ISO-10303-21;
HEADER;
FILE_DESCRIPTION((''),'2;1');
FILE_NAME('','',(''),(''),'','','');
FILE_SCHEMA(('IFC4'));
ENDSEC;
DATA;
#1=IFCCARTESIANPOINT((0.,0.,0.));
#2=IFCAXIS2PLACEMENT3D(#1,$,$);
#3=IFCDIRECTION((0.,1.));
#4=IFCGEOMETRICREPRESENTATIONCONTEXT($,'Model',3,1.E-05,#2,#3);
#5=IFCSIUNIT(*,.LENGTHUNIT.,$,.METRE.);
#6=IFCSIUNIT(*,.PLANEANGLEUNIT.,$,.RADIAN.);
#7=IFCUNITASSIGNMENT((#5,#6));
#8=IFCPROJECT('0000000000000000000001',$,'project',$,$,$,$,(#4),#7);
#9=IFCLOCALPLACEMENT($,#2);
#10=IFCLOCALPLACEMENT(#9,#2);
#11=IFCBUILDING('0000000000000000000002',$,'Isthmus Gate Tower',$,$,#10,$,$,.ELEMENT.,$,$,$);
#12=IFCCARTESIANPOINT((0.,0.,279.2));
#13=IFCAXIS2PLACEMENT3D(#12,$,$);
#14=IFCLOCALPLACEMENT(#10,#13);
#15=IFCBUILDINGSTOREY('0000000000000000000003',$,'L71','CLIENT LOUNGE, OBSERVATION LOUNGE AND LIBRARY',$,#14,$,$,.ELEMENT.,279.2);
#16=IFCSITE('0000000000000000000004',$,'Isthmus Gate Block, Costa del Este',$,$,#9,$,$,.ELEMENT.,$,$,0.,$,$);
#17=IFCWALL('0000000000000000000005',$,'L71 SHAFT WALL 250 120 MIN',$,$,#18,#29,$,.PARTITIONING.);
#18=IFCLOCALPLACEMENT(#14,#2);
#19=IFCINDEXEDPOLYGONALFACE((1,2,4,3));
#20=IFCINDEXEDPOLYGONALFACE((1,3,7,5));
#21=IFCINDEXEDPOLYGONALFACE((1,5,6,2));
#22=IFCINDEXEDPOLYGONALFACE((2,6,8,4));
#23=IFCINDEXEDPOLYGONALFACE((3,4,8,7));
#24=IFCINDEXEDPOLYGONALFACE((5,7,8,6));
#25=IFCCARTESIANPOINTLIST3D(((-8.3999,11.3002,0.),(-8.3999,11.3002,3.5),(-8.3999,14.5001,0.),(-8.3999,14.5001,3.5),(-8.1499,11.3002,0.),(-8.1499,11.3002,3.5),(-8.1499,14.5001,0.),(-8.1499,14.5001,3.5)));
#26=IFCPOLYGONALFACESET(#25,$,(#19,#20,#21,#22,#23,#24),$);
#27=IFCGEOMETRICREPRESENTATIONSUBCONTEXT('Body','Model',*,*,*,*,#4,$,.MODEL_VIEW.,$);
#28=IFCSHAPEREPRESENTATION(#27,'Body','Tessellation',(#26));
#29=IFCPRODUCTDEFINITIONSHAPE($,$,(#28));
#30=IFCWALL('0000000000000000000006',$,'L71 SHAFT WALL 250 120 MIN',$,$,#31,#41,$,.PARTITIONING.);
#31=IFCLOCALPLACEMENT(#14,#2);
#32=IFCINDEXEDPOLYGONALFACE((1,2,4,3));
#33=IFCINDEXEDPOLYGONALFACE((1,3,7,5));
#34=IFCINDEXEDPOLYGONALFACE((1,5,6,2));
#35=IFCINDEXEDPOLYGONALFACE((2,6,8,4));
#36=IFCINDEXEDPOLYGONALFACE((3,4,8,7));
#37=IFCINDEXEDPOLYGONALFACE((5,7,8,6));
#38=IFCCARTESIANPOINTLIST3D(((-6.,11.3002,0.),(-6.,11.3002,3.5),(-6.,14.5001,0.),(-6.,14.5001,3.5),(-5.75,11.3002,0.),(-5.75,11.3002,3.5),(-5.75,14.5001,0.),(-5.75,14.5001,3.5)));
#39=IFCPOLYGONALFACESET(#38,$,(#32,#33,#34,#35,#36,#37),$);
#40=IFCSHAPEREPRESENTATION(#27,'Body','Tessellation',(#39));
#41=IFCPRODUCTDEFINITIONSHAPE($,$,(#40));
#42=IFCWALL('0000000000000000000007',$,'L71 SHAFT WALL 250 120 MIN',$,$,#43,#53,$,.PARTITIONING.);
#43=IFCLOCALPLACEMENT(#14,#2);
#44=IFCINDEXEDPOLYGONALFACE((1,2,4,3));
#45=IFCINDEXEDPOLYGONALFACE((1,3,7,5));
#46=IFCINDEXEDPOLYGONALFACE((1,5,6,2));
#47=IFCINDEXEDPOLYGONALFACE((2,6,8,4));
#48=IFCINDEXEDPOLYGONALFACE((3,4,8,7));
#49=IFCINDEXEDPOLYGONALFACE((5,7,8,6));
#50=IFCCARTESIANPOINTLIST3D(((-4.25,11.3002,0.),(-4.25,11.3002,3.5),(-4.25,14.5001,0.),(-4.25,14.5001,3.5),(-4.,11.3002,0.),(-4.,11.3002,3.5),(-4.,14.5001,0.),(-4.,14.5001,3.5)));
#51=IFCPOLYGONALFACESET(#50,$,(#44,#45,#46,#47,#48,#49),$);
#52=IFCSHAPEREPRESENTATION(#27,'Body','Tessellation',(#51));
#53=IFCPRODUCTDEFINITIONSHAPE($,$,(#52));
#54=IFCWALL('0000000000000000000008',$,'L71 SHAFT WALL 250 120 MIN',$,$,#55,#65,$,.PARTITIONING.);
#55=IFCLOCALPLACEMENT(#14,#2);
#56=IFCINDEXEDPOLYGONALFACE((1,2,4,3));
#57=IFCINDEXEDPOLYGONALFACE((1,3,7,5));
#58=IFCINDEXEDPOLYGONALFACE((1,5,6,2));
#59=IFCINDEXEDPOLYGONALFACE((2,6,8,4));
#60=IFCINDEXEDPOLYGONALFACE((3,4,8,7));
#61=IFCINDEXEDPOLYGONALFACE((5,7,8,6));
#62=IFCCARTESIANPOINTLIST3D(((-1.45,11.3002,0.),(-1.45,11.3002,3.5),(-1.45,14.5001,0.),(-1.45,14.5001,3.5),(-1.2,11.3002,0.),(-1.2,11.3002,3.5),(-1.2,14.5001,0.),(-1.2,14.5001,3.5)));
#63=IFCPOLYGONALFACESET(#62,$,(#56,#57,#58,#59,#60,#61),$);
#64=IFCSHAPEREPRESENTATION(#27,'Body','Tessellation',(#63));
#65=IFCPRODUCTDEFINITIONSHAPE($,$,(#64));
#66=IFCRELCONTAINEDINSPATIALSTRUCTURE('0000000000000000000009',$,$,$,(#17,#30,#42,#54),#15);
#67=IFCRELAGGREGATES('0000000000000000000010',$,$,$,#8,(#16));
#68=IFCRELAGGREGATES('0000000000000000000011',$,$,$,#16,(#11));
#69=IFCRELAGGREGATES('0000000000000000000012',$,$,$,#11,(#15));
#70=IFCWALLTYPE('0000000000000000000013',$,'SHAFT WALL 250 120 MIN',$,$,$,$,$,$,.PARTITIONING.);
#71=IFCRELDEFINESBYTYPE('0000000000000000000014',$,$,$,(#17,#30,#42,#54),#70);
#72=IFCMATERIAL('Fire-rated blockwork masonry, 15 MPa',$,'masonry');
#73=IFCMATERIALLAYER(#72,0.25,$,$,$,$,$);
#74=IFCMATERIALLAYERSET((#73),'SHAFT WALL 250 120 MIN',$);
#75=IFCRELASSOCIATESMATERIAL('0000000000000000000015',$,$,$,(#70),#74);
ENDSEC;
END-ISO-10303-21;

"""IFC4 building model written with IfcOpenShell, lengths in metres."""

from ifc_helpers import new_model, si_unit, direction, frame, frame_2d, origin, place, context, subcontext, project, spatial, rectangle, extrude, material, layer, layer_set, type_object, element, save


model = new_model("IFC4")

# Units and contexts
model_context = context("Model", 3, precision=1e-05, world=origin(), true_north=direction((0.0, 1.0)))
body_context = subcontext(model_context, "Body", "Model", "MODEL_VIEW")
ifc_project = project(units=[si_unit("LENGTHUNIT", "METRE"), si_unit("PLANEANGLEUNIT", "RADIAN")], contexts=[model_context])

# Site, building, storey
site_placement = place(None, origin())
site = spatial("IfcSite", under=ifc_project, at=site_placement, Name="Isthmus Gate Block, Costa del Este", CompositionType="ELEMENT", RefElevation=0.0)
building_placement = place(site_placement, origin())
building = spatial("IfcBuilding", under=site, at=building_placement, Name="Isthmus Gate Tower", CompositionType="ELEMENT")
storey_placement = place(building_placement, frame((0.0, 0.0, 279.2)))
storey = spatial("IfcBuildingStorey", under=building, at=storey_placement, Name="L71", Description="CLIENT LOUNGE, OBSERVATION LOUNGE AND LIBRARY", CompositionType="ELEMENT", Elevation=279.2)

# Walls
ifc_material_1 = material(Name="Fire-rated blockwork masonry, 15 MPa", Category="masonry")
ifc_layer_1 = layer(ifc_material_1, 0.25)
ifc_layer_set_1 = layer_set([ifc_layer_1], Name="SHAFT WALL 250 120 MIN")
wall_type_1 = type_object("IfcWallType", Name="SHAFT WALL 250 120 MIN", PredefinedType="PARTITIONING", material=ifc_layer_set_1)
for number, where, z_axis, x_axis, name in (
    (1, (-8.2749, 11.3, 0.0), (0.0, 0.0, 1.0), (0.0, 1.0, 0.0), "L71 SHAFT WALL 250 120 MIN"),
    (2, (-5.875, 11.3, 0.0), (0.0, 0.0, 1.0), (0.0, 1.0, 0.0), "L71 SHAFT WALL 250 120 MIN"),
    (3, (-4.125, 11.3, 0.0), (0.0, 0.0, 1.0), (0.0, 1.0, 0.0), "L71 SHAFT WALL 250 120 MIN"),
    (4, (-1.325, 11.3, 0.0), (0.0, 0.0, 1.0), (0.0, 1.0, 0.0), "L71 SHAFT WALL 250 120 MIN"),
):
    element("IfcWall", number, at=place(storey_placement, frame(where, z_axis=z_axis, x_axis=x_axis)), inside=storey, type_object=wall_type_1, Name=name, PredefinedType="PARTITIONING", context=body_context, shape_type="SweptSolid", body=[
        extrude(rectangle(XDim=3.2, YDim=0.25, at=frame_2d((1.6001, 0.0))), origin(), (0.0, 0.0, 1.0), 3.5),
    ])

save(model, "model.ifc")
